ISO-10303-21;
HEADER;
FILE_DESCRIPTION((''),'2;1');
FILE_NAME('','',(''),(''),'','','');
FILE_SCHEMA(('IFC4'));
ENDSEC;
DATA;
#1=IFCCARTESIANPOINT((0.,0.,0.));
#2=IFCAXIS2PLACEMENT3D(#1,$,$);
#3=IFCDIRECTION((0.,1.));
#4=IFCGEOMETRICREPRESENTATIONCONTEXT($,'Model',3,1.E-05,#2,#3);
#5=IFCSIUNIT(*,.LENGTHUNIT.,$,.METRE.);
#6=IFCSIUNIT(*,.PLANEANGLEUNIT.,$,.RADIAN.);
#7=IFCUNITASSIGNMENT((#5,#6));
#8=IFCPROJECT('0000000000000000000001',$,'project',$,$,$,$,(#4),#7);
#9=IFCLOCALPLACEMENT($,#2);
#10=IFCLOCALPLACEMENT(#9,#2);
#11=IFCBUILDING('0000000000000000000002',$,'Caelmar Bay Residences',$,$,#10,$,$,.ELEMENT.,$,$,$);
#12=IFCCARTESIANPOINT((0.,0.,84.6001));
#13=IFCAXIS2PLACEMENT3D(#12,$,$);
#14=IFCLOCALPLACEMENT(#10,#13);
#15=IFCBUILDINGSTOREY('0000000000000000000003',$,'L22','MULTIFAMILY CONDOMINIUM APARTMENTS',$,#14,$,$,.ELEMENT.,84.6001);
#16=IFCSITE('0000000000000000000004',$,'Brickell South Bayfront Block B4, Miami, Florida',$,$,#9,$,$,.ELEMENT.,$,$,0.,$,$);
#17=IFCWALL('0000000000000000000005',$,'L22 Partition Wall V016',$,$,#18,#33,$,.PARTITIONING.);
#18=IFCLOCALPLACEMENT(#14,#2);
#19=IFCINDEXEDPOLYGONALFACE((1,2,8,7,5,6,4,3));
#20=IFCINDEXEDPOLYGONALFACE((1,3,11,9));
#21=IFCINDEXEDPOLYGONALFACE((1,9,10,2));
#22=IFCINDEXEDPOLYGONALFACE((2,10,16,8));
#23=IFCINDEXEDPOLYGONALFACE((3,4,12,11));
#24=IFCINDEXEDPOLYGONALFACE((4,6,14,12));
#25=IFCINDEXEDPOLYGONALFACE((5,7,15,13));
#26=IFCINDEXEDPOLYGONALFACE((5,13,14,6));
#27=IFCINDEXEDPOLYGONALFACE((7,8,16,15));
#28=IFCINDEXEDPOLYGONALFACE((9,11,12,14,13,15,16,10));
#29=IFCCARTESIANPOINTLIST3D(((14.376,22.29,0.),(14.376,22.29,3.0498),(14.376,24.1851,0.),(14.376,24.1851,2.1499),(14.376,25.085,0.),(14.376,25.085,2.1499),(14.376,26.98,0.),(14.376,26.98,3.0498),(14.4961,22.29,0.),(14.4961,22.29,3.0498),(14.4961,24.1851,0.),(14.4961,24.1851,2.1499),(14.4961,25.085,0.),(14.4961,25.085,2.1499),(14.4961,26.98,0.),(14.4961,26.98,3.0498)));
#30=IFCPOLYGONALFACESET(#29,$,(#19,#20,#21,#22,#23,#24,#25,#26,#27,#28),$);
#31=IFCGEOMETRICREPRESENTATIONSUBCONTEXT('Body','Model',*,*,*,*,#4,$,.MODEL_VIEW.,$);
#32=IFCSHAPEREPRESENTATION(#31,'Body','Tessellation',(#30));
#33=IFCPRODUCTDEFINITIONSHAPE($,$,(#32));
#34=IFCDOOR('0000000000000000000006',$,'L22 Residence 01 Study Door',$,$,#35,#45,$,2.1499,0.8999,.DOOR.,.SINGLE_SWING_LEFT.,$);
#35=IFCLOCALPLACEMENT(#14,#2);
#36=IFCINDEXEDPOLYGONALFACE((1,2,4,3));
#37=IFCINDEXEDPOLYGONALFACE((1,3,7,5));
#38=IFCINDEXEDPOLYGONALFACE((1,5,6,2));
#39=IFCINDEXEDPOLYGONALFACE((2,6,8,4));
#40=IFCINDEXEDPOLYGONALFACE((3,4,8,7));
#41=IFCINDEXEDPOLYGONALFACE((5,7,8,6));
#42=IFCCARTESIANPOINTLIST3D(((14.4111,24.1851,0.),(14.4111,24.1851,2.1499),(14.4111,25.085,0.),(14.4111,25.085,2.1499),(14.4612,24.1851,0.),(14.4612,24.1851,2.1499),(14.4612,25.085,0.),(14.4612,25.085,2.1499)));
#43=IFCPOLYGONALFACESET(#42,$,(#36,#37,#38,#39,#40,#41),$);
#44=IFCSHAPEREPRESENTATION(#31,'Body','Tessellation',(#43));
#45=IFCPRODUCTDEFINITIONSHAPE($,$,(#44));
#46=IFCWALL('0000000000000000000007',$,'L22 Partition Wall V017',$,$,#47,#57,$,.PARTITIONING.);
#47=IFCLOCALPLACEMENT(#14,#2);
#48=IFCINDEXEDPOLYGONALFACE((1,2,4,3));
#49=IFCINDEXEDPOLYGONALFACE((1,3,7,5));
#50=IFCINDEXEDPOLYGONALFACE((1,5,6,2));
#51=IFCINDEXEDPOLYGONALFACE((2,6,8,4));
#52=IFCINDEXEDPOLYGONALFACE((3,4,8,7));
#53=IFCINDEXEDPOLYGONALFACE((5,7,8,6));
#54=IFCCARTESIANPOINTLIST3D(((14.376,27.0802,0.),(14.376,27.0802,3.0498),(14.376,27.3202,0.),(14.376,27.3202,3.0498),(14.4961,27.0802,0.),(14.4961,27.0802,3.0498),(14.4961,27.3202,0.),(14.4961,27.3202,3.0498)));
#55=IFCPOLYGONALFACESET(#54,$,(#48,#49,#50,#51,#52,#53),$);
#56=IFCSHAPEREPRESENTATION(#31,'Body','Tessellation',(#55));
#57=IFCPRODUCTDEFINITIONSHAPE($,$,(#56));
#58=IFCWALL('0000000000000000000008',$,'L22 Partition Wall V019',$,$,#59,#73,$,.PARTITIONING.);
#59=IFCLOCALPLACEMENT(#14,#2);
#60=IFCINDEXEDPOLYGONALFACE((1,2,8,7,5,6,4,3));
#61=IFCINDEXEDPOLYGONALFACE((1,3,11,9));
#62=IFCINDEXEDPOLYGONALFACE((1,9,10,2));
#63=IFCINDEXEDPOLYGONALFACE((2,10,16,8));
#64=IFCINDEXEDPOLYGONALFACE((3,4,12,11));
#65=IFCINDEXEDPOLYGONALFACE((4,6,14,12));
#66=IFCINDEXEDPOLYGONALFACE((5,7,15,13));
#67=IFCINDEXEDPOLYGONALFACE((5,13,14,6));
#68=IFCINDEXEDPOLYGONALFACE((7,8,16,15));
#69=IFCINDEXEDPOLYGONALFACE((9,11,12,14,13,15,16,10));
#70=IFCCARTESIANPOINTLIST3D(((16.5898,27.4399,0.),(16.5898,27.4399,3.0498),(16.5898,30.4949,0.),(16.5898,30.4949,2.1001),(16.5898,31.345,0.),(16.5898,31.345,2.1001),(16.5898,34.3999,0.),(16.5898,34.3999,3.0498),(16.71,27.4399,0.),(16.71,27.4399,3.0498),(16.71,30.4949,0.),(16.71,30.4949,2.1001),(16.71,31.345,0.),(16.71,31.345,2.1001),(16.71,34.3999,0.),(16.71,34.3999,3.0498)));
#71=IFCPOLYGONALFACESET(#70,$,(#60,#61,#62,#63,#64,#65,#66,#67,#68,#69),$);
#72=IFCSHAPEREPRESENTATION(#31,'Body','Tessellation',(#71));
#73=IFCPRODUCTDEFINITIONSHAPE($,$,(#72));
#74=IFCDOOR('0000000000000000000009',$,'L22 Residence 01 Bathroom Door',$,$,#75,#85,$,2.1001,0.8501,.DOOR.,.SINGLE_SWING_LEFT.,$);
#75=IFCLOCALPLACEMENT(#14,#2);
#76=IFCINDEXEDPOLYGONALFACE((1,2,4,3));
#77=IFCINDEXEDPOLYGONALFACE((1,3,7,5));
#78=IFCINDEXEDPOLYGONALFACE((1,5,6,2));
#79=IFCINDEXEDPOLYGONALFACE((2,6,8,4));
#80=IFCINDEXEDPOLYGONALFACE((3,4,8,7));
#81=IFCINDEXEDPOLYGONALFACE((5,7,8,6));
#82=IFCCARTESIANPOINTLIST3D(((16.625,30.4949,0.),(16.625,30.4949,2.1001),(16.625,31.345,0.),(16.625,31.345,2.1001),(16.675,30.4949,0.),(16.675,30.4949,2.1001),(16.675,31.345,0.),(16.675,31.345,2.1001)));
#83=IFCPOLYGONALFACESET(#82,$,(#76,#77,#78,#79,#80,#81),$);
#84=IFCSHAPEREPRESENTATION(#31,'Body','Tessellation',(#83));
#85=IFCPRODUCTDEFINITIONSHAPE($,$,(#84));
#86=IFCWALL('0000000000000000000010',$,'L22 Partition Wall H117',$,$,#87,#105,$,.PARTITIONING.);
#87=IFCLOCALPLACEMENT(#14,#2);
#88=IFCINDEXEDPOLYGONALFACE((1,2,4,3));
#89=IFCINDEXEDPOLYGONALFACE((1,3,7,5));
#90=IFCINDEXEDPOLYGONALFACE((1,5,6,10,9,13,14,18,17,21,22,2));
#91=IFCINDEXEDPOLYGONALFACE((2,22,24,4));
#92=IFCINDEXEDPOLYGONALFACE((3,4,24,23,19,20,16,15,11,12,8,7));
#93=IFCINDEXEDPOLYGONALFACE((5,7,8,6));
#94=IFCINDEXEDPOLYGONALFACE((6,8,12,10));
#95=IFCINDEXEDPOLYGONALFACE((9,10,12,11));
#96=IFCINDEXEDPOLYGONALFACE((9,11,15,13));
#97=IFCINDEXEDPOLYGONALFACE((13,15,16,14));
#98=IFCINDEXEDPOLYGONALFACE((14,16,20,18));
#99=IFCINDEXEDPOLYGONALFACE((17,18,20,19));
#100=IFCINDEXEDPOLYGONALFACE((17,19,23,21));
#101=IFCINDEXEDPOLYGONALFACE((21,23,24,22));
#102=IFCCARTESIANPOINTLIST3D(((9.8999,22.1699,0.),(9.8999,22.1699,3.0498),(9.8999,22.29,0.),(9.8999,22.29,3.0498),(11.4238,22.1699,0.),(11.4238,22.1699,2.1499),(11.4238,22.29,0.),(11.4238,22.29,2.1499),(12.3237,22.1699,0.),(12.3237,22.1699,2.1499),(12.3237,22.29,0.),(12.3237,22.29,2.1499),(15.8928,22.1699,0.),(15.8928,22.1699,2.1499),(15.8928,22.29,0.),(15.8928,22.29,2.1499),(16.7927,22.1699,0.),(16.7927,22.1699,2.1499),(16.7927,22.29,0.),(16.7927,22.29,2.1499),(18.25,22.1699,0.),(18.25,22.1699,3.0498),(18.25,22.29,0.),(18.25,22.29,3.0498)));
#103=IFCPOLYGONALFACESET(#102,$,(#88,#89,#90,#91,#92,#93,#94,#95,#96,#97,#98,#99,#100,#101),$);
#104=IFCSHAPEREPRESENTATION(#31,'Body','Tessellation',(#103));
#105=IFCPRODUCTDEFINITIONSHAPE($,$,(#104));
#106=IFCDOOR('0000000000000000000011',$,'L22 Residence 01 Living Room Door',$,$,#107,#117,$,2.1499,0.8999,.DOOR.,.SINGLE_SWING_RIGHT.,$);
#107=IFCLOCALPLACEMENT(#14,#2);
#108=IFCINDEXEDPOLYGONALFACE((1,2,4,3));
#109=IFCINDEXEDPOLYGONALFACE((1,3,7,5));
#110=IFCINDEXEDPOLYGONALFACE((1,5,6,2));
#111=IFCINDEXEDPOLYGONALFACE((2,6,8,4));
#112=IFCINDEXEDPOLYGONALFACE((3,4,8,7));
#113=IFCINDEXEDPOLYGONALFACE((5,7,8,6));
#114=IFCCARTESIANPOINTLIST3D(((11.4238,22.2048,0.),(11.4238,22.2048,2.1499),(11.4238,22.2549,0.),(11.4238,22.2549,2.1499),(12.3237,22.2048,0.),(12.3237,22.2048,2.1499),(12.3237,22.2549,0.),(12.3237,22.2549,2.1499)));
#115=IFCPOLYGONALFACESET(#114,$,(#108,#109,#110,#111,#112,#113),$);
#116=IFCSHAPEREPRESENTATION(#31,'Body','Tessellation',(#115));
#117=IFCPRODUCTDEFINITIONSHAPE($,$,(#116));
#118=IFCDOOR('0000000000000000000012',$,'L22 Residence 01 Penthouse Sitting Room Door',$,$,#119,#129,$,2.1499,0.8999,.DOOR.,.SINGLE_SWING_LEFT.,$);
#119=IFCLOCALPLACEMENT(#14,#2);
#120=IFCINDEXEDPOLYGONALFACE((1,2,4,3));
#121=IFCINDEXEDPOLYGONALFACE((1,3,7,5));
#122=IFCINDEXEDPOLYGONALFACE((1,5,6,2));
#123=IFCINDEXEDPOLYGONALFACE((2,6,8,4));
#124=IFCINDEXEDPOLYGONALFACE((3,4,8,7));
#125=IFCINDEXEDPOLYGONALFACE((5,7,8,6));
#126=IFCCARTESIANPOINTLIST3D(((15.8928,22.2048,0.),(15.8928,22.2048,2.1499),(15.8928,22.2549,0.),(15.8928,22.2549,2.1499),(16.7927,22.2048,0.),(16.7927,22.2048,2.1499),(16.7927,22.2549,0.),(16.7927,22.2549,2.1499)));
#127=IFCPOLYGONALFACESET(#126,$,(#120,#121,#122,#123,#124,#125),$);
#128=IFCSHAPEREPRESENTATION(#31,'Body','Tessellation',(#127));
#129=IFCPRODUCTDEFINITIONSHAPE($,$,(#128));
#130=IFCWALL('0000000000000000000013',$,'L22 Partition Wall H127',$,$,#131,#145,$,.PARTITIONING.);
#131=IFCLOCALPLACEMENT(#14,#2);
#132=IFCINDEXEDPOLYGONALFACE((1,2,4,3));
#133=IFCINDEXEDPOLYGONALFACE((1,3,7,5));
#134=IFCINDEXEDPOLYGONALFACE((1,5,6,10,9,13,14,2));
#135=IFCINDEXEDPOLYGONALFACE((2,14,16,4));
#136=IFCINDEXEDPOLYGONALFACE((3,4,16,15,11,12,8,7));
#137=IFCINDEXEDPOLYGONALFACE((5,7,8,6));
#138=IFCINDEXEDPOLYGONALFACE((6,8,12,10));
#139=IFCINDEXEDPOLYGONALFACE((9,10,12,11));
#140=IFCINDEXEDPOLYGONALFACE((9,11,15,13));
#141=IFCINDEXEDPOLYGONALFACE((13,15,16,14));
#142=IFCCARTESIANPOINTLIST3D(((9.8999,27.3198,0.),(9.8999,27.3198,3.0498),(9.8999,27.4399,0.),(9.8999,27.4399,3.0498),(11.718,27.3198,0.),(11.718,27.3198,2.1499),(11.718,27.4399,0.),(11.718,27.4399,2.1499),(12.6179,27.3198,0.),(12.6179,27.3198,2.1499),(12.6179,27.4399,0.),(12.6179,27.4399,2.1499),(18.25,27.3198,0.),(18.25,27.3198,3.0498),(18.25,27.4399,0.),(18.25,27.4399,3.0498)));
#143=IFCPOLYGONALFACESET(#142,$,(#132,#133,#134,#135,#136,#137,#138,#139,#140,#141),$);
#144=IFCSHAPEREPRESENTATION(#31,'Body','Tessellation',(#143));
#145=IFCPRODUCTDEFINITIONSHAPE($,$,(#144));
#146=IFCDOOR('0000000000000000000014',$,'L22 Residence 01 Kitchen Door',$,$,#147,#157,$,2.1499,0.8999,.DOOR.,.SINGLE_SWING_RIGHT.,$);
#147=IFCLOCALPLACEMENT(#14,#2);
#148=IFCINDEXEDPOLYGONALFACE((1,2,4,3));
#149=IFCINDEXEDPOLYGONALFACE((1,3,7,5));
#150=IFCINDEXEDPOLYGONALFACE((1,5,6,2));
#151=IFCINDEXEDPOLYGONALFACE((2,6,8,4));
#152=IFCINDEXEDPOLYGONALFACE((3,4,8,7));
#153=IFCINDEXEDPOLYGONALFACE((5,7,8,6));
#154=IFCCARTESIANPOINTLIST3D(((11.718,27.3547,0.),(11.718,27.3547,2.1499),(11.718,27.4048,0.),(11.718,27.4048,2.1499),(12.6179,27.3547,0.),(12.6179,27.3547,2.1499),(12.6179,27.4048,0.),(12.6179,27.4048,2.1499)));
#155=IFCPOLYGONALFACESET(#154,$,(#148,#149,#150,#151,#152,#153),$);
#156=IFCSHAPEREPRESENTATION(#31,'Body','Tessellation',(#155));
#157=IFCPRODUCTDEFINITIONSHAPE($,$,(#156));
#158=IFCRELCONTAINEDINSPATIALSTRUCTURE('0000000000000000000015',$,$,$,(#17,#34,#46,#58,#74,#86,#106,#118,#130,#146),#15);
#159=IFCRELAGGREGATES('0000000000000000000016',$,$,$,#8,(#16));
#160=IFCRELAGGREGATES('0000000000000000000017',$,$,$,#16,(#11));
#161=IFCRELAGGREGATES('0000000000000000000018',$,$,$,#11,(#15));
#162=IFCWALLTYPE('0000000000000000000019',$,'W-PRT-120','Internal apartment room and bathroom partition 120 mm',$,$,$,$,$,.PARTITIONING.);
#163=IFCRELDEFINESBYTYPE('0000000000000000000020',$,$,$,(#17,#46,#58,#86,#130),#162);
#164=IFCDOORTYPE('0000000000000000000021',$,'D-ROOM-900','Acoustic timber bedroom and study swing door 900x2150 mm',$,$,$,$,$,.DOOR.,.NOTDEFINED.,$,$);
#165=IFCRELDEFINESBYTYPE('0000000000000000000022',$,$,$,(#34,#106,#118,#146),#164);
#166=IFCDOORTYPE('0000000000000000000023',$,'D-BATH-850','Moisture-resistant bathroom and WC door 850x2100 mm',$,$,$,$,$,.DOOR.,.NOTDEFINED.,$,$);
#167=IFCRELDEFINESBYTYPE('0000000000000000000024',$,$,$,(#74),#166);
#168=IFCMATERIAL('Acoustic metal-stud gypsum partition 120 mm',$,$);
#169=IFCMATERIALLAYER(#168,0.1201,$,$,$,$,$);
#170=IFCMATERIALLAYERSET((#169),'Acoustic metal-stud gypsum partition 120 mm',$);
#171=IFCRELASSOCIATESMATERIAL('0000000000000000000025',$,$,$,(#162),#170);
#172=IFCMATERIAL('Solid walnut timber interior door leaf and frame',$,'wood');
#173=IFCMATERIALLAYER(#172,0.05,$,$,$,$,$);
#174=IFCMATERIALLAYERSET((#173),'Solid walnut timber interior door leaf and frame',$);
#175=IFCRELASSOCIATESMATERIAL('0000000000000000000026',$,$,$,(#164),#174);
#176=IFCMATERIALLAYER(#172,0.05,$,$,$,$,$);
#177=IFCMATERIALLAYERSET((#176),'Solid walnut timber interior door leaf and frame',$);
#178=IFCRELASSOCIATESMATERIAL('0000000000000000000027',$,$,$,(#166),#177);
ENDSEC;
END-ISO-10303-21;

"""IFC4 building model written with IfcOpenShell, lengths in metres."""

from ifc_helpers import new_model, si_unit, direction, frame, frame_2d, origin, place, context, subcontext, project, spatial, rectangle, extrude, material, layer, layer_set, type_object, element, fill, save


model = new_model("IFC4")

# Units and contexts
model_context = context("Model", 3, precision=1e-05, world=origin(), true_north=direction((0.0, 1.0)))
body_context = subcontext(model_context, "Body", "Model", "MODEL_VIEW")
ifc_project = project(units=[si_unit("LENGTHUNIT", "METRE"), si_unit("PLANEANGLEUNIT", "RADIAN")], contexts=[model_context])

# Site, building, storey
site_placement = place(None, origin())
site = spatial("IfcSite", under=ifc_project, at=site_placement, Name="Brickell South Bayfront Block B4, Miami, Florida", CompositionType="ELEMENT", RefElevation=0.0)
building_placement = place(site_placement, origin())
building = spatial("IfcBuilding", under=site, at=building_placement, Name="Caelmar Bay Residences", CompositionType="ELEMENT")
storey_placement = place(building_placement, frame((0.0, 0.0, 84.6001)))
storey = spatial("IfcBuildingStorey", under=building, at=storey_placement, Name="L22", Description="MULTIFAMILY CONDOMINIUM APARTMENTS", CompositionType="ELEMENT", Elevation=84.6001)

# Shared definitions
ifc_material_1 = material(Name="Acoustic metal-stud gypsum partition 120 mm")
ifc_layer_1 = layer(ifc_material_1, 0.1201)
ifc_layer_set_1 = layer_set([ifc_layer_1], Name="Acoustic metal-stud gypsum partition 120 mm")
wall_type_1 = type_object("IfcWallType", Name="W-PRT-120", Description="Internal apartment room and bathroom partition 120 mm", PredefinedType="PARTITIONING", material=ifc_layer_set_1)

# Shared definitions
ifc_material_2 = material(Name="Solid walnut timber interior door leaf and frame", Category="wood")
ifc_layer_2 = layer(ifc_material_2, 0.05)
ifc_layer_set_2 = layer_set([ifc_layer_2], Name="Solid walnut timber interior door leaf and frame")
door_type_1 = type_object("IfcDoorType", Name="D-ROOM-900", Description="Acoustic timber bedroom and study swing door 900x2150 mm", OperationType="NOTDEFINED", PredefinedType="DOOR", material=ifc_layer_set_2)

# Wall, opening, door
wall_1_placement = place(storey_placement, frame((14.436, 22.29, 0.0), z_axis=(0.0, 0.0, 1.0), x_axis=(0.0, 1.0, 0.0)))
wall_1 = element("IfcWall", 1, at=wall_1_placement, inside=storey, type_object=wall_type_1, Name="L22 Partition Wall V016", PredefinedType="PARTITIONING", context=body_context, shape_type="SweptSolid", body=[
    extrude(rectangle(XDim=4.6899, YDim=0.1201, at=frame_2d((2.345, 0.0))), origin(), (0.0, 0.0, 1.0), 3.0498),
])
opening_1_placement = place(wall_1_placement, frame((1.895, 0.0, 0.0)))
opening_1 = element("IfcOpeningElement", 2, at=opening_1_placement, cuts=wall_1, PredefinedType="OPENING", context=body_context, shape_type="SweptSolid", body=[
    extrude(rectangle(XDim=0.8999, YDim=2.1499, at=frame_2d((0.45, 1.075))), frame((0.0, 0.0701, 0.0), z_axis=(0.0, -1.0, 0.0), x_axis=(1.0, 0.0, 0.0)), (0.0, 0.0, 1.0), 0.1401),
])
door_1_placement = place(opening_1_placement, origin())
door_1 = element("IfcDoor", 3, at=door_1_placement, inside=storey, type_object=door_type_1, Name="L22 Residence 01 Study Door", OperationType="SINGLE_SWING_LEFT", OverallHeight=2.1499, OverallWidth=0.8999, PredefinedType="DOOR", context=body_context, shape_type="SweptSolid", body=[
    extrude(rectangle(XDim=0.8999, YDim=2.1499, at=frame_2d((0.45, 1.075))), frame((0.0, 0.0249, 0.0), z_axis=(0.0, -1.0, 0.0), x_axis=(1.0, 0.0, 0.0)), (0.0, 0.0, 1.0), 0.05),
])
fill(opening_1, door_1)

# Wall
wall_2_placement = place(storey_placement, frame((14.436, 27.0801, 0.0), z_axis=(0.0, 0.0, 1.0), x_axis=(0.0, 1.0, 0.0)))
element("IfcWall", 4, at=wall_2_placement, inside=storey, type_object=wall_type_1, Name="L22 Partition Wall V017", PredefinedType="PARTITIONING", context=body_context, shape_type="SweptSolid", body=[
    extrude(rectangle(XDim=0.24, YDim=0.1201, at=frame_2d((0.1201, 0.0))), origin(), (0.0, 0.0, 1.0), 3.0498),
])

# Wall, opening, door
wall_3_placement = place(storey_placement, frame((16.6499, 27.4399, 0.0), z_axis=(0.0, 0.0, 1.0), x_axis=(0.0, 1.0, 0.0)))
wall_3 = element("IfcWall", 5, at=wall_3_placement, inside=storey, type_object=wall_type_1, Name="L22 Partition Wall V019", PredefinedType="PARTITIONING", context=body_context, shape_type="SweptSolid", body=[
    extrude(rectangle(XDim=6.96, YDim=0.1201, at=frame_2d((3.48, 0.0))), origin(), (0.0, 0.0, 1.0), 3.0498),
])
opening_2_placement = place(wall_3_placement, frame((3.0549, 0.0, 0.0)))
opening_2 = element("IfcOpeningElement", 6, at=opening_2_placement, cuts=wall_3, PredefinedType="OPENING", context=body_context, shape_type="SweptSolid", body=[
    extrude(rectangle(XDim=0.8501, YDim=2.1001, at=frame_2d((0.425, 1.05))), frame((0.0, 0.0701, 0.0), z_axis=(0.0, -1.0, 0.0), x_axis=(1.0, 0.0, 0.0)), (0.0, 0.0, 1.0), 0.1401),
])
ifc_layer_3 = layer(ifc_material_2, 0.05)
ifc_layer_set_3 = layer_set([ifc_layer_3], Name="Solid walnut timber interior door leaf and frame")
door_type_2 = type_object("IfcDoorType", Name="D-BATH-850", Description="Moisture-resistant bathroom and WC door 850x2100 mm", OperationType="NOTDEFINED", PredefinedType="DOOR", material=ifc_layer_set_3)
door_2_placement = place(opening_2_placement, origin())
door_2 = element("IfcDoor", 7, at=door_2_placement, inside=storey, type_object=door_type_2, Name="L22 Residence 01 Bathroom Door", OperationType="SINGLE_SWING_LEFT", OverallHeight=2.1001, OverallWidth=0.8501, PredefinedType="DOOR", context=body_context, shape_type="SweptSolid", body=[
    extrude(rectangle(XDim=0.8501, YDim=2.1001, at=frame_2d((0.425, 1.05))), frame((0.0, 0.0249, 0.0), z_axis=(0.0, -1.0, 0.0), x_axis=(1.0, 0.0, 0.0)), (0.0, 0.0, 1.0), 0.05),
])
fill(opening_2, door_2)

# Wall, openings, doors
wall_4_placement = place(storey_placement, frame((9.8999, 22.23, 0.0), z_axis=(0.0, 0.0, 1.0), x_axis=(1.0, 0.0, 0.0)))
wall_4 = element("IfcWall", 8, at=wall_4_placement, inside=storey, type_object=wall_type_1, Name="L22 Partition Wall H117", PredefinedType="PARTITIONING", context=body_context, shape_type="SweptSolid", body=[
    extrude(rectangle(XDim=8.3501, YDim=0.1201, at=frame_2d((4.175, 0.0))), origin(), (0.0, 0.0, 1.0), 3.0498),
])
opening_3_placement = place(wall_4_placement, frame((1.5239, 0.0, 0.0)))
opening_3 = element("IfcOpeningElement", 9, at=opening_3_placement, cuts=wall_4, PredefinedType="OPENING", context=body_context, shape_type="SweptSolid", body=[
    extrude(rectangle(XDim=0.8999, YDim=2.1499, at=frame_2d((0.45, 1.075))), frame((0.0, 0.0701, 0.0), z_axis=(0.0, -1.0, 0.0), x_axis=(1.0, 0.0, 0.0)), (0.0, 0.0, 1.0), 0.1401),
])
opening_4_placement = place(wall_4_placement, frame((5.9929, 0.0, 0.0)))
opening_4 = element("IfcOpeningElement", 10, at=opening_4_placement, cuts=wall_4, PredefinedType="OPENING", context=body_context, shape_type="SweptSolid", body=[
    extrude(rectangle(XDim=0.8999, YDim=2.1499, at=frame_2d((0.45, 1.075))), frame((0.0, 0.0701, 0.0), z_axis=(0.0, -1.0, 0.0), x_axis=(1.0, 0.0, 0.0)), (0.0, 0.0, 1.0), 0.1401),
])
door_3_placement = place(opening_3_placement, origin())
door_3 = element("IfcDoor", 11, at=door_3_placement, inside=storey, type_object=door_type_1, Name="L22 Residence 01 Living Room Door", OperationType="SINGLE_SWING_RIGHT", OverallHeight=2.1499, OverallWidth=0.8999, PredefinedType="DOOR", context=body_context, shape_type="SweptSolid", body=[
    extrude(rectangle(XDim=0.8999, YDim=2.1499, at=frame_2d((0.45, 1.075))), frame((0.0, 0.0249, 0.0), z_axis=(0.0, -1.0, 0.0), x_axis=(1.0, 0.0, 0.0)), (0.0, 0.0, 1.0), 0.05),
])
fill(opening_3, door_3)
door_4_placement = place(opening_4_placement, origin())
door_4 = element("IfcDoor", 12, at=door_4_placement, inside=storey, type_object=door_type_1, Name="L22 Residence 01 Penthouse Sitting Room Door", OperationType="SINGLE_SWING_LEFT", OverallHeight=2.1499, OverallWidth=0.8999, PredefinedType="DOOR", context=body_context, shape_type="SweptSolid", body=[
    extrude(rectangle(XDim=0.8999, YDim=2.1499, at=frame_2d((0.45, 1.075))), frame((0.0, 0.0249, 0.0), z_axis=(0.0, -1.0, 0.0), x_axis=(1.0, 0.0, 0.0)), (0.0, 0.0, 1.0), 0.05),
])
fill(opening_4, door_4)

# Wall, opening, door
wall_5_placement = place(storey_placement, frame((9.8999, 27.3799, 0.0), z_axis=(0.0, 0.0, 1.0), x_axis=(1.0, 0.0, 0.0)))
wall_5 = element("IfcWall", 13, at=wall_5_placement, inside=storey, type_object=wall_type_1, Name="L22 Partition Wall H127", PredefinedType="PARTITIONING", context=body_context, shape_type="SweptSolid", body=[
    extrude(rectangle(XDim=8.3501, YDim=0.1201, at=frame_2d((4.175, 0.0))), origin(), (0.0, 0.0, 1.0), 3.0498),
])
opening_5_placement = place(wall_5_placement, frame((1.8181, 0.0, 0.0)))
opening_5 = element("IfcOpeningElement", 14, at=opening_5_placement, cuts=wall_5, PredefinedType="OPENING", context=body_context, shape_type="SweptSolid", body=[
    extrude(rectangle(XDim=0.8999, YDim=2.1499, at=frame_2d((0.45, 1.075))), frame((0.0, 0.0701, 0.0), z_axis=(0.0, -1.0, 0.0), x_axis=(1.0, 0.0, 0.0)), (0.0, 0.0, 1.0), 0.1401),
])
door_5_placement = place(opening_5_placement, origin())
door_5 = element("IfcDoor", 15, at=door_5_placement, inside=storey, type_object=door_type_1, Name="L22 Residence 01 Kitchen Door", OperationType="SINGLE_SWING_RIGHT", OverallHeight=2.1499, OverallWidth=0.8999, PredefinedType="DOOR", context=body_context, shape_type="SweptSolid", body=[
    extrude(rectangle(XDim=0.8999, YDim=2.1499, at=frame_2d((0.45, 1.075))), frame((0.0, 0.0249, 0.0), z_axis=(0.0, -1.0, 0.0), x_axis=(1.0, 0.0, 0.0)), (0.0, 0.0, 1.0), 0.05),
])
fill(opening_5, door_5)

save(model, "model.ifc")
